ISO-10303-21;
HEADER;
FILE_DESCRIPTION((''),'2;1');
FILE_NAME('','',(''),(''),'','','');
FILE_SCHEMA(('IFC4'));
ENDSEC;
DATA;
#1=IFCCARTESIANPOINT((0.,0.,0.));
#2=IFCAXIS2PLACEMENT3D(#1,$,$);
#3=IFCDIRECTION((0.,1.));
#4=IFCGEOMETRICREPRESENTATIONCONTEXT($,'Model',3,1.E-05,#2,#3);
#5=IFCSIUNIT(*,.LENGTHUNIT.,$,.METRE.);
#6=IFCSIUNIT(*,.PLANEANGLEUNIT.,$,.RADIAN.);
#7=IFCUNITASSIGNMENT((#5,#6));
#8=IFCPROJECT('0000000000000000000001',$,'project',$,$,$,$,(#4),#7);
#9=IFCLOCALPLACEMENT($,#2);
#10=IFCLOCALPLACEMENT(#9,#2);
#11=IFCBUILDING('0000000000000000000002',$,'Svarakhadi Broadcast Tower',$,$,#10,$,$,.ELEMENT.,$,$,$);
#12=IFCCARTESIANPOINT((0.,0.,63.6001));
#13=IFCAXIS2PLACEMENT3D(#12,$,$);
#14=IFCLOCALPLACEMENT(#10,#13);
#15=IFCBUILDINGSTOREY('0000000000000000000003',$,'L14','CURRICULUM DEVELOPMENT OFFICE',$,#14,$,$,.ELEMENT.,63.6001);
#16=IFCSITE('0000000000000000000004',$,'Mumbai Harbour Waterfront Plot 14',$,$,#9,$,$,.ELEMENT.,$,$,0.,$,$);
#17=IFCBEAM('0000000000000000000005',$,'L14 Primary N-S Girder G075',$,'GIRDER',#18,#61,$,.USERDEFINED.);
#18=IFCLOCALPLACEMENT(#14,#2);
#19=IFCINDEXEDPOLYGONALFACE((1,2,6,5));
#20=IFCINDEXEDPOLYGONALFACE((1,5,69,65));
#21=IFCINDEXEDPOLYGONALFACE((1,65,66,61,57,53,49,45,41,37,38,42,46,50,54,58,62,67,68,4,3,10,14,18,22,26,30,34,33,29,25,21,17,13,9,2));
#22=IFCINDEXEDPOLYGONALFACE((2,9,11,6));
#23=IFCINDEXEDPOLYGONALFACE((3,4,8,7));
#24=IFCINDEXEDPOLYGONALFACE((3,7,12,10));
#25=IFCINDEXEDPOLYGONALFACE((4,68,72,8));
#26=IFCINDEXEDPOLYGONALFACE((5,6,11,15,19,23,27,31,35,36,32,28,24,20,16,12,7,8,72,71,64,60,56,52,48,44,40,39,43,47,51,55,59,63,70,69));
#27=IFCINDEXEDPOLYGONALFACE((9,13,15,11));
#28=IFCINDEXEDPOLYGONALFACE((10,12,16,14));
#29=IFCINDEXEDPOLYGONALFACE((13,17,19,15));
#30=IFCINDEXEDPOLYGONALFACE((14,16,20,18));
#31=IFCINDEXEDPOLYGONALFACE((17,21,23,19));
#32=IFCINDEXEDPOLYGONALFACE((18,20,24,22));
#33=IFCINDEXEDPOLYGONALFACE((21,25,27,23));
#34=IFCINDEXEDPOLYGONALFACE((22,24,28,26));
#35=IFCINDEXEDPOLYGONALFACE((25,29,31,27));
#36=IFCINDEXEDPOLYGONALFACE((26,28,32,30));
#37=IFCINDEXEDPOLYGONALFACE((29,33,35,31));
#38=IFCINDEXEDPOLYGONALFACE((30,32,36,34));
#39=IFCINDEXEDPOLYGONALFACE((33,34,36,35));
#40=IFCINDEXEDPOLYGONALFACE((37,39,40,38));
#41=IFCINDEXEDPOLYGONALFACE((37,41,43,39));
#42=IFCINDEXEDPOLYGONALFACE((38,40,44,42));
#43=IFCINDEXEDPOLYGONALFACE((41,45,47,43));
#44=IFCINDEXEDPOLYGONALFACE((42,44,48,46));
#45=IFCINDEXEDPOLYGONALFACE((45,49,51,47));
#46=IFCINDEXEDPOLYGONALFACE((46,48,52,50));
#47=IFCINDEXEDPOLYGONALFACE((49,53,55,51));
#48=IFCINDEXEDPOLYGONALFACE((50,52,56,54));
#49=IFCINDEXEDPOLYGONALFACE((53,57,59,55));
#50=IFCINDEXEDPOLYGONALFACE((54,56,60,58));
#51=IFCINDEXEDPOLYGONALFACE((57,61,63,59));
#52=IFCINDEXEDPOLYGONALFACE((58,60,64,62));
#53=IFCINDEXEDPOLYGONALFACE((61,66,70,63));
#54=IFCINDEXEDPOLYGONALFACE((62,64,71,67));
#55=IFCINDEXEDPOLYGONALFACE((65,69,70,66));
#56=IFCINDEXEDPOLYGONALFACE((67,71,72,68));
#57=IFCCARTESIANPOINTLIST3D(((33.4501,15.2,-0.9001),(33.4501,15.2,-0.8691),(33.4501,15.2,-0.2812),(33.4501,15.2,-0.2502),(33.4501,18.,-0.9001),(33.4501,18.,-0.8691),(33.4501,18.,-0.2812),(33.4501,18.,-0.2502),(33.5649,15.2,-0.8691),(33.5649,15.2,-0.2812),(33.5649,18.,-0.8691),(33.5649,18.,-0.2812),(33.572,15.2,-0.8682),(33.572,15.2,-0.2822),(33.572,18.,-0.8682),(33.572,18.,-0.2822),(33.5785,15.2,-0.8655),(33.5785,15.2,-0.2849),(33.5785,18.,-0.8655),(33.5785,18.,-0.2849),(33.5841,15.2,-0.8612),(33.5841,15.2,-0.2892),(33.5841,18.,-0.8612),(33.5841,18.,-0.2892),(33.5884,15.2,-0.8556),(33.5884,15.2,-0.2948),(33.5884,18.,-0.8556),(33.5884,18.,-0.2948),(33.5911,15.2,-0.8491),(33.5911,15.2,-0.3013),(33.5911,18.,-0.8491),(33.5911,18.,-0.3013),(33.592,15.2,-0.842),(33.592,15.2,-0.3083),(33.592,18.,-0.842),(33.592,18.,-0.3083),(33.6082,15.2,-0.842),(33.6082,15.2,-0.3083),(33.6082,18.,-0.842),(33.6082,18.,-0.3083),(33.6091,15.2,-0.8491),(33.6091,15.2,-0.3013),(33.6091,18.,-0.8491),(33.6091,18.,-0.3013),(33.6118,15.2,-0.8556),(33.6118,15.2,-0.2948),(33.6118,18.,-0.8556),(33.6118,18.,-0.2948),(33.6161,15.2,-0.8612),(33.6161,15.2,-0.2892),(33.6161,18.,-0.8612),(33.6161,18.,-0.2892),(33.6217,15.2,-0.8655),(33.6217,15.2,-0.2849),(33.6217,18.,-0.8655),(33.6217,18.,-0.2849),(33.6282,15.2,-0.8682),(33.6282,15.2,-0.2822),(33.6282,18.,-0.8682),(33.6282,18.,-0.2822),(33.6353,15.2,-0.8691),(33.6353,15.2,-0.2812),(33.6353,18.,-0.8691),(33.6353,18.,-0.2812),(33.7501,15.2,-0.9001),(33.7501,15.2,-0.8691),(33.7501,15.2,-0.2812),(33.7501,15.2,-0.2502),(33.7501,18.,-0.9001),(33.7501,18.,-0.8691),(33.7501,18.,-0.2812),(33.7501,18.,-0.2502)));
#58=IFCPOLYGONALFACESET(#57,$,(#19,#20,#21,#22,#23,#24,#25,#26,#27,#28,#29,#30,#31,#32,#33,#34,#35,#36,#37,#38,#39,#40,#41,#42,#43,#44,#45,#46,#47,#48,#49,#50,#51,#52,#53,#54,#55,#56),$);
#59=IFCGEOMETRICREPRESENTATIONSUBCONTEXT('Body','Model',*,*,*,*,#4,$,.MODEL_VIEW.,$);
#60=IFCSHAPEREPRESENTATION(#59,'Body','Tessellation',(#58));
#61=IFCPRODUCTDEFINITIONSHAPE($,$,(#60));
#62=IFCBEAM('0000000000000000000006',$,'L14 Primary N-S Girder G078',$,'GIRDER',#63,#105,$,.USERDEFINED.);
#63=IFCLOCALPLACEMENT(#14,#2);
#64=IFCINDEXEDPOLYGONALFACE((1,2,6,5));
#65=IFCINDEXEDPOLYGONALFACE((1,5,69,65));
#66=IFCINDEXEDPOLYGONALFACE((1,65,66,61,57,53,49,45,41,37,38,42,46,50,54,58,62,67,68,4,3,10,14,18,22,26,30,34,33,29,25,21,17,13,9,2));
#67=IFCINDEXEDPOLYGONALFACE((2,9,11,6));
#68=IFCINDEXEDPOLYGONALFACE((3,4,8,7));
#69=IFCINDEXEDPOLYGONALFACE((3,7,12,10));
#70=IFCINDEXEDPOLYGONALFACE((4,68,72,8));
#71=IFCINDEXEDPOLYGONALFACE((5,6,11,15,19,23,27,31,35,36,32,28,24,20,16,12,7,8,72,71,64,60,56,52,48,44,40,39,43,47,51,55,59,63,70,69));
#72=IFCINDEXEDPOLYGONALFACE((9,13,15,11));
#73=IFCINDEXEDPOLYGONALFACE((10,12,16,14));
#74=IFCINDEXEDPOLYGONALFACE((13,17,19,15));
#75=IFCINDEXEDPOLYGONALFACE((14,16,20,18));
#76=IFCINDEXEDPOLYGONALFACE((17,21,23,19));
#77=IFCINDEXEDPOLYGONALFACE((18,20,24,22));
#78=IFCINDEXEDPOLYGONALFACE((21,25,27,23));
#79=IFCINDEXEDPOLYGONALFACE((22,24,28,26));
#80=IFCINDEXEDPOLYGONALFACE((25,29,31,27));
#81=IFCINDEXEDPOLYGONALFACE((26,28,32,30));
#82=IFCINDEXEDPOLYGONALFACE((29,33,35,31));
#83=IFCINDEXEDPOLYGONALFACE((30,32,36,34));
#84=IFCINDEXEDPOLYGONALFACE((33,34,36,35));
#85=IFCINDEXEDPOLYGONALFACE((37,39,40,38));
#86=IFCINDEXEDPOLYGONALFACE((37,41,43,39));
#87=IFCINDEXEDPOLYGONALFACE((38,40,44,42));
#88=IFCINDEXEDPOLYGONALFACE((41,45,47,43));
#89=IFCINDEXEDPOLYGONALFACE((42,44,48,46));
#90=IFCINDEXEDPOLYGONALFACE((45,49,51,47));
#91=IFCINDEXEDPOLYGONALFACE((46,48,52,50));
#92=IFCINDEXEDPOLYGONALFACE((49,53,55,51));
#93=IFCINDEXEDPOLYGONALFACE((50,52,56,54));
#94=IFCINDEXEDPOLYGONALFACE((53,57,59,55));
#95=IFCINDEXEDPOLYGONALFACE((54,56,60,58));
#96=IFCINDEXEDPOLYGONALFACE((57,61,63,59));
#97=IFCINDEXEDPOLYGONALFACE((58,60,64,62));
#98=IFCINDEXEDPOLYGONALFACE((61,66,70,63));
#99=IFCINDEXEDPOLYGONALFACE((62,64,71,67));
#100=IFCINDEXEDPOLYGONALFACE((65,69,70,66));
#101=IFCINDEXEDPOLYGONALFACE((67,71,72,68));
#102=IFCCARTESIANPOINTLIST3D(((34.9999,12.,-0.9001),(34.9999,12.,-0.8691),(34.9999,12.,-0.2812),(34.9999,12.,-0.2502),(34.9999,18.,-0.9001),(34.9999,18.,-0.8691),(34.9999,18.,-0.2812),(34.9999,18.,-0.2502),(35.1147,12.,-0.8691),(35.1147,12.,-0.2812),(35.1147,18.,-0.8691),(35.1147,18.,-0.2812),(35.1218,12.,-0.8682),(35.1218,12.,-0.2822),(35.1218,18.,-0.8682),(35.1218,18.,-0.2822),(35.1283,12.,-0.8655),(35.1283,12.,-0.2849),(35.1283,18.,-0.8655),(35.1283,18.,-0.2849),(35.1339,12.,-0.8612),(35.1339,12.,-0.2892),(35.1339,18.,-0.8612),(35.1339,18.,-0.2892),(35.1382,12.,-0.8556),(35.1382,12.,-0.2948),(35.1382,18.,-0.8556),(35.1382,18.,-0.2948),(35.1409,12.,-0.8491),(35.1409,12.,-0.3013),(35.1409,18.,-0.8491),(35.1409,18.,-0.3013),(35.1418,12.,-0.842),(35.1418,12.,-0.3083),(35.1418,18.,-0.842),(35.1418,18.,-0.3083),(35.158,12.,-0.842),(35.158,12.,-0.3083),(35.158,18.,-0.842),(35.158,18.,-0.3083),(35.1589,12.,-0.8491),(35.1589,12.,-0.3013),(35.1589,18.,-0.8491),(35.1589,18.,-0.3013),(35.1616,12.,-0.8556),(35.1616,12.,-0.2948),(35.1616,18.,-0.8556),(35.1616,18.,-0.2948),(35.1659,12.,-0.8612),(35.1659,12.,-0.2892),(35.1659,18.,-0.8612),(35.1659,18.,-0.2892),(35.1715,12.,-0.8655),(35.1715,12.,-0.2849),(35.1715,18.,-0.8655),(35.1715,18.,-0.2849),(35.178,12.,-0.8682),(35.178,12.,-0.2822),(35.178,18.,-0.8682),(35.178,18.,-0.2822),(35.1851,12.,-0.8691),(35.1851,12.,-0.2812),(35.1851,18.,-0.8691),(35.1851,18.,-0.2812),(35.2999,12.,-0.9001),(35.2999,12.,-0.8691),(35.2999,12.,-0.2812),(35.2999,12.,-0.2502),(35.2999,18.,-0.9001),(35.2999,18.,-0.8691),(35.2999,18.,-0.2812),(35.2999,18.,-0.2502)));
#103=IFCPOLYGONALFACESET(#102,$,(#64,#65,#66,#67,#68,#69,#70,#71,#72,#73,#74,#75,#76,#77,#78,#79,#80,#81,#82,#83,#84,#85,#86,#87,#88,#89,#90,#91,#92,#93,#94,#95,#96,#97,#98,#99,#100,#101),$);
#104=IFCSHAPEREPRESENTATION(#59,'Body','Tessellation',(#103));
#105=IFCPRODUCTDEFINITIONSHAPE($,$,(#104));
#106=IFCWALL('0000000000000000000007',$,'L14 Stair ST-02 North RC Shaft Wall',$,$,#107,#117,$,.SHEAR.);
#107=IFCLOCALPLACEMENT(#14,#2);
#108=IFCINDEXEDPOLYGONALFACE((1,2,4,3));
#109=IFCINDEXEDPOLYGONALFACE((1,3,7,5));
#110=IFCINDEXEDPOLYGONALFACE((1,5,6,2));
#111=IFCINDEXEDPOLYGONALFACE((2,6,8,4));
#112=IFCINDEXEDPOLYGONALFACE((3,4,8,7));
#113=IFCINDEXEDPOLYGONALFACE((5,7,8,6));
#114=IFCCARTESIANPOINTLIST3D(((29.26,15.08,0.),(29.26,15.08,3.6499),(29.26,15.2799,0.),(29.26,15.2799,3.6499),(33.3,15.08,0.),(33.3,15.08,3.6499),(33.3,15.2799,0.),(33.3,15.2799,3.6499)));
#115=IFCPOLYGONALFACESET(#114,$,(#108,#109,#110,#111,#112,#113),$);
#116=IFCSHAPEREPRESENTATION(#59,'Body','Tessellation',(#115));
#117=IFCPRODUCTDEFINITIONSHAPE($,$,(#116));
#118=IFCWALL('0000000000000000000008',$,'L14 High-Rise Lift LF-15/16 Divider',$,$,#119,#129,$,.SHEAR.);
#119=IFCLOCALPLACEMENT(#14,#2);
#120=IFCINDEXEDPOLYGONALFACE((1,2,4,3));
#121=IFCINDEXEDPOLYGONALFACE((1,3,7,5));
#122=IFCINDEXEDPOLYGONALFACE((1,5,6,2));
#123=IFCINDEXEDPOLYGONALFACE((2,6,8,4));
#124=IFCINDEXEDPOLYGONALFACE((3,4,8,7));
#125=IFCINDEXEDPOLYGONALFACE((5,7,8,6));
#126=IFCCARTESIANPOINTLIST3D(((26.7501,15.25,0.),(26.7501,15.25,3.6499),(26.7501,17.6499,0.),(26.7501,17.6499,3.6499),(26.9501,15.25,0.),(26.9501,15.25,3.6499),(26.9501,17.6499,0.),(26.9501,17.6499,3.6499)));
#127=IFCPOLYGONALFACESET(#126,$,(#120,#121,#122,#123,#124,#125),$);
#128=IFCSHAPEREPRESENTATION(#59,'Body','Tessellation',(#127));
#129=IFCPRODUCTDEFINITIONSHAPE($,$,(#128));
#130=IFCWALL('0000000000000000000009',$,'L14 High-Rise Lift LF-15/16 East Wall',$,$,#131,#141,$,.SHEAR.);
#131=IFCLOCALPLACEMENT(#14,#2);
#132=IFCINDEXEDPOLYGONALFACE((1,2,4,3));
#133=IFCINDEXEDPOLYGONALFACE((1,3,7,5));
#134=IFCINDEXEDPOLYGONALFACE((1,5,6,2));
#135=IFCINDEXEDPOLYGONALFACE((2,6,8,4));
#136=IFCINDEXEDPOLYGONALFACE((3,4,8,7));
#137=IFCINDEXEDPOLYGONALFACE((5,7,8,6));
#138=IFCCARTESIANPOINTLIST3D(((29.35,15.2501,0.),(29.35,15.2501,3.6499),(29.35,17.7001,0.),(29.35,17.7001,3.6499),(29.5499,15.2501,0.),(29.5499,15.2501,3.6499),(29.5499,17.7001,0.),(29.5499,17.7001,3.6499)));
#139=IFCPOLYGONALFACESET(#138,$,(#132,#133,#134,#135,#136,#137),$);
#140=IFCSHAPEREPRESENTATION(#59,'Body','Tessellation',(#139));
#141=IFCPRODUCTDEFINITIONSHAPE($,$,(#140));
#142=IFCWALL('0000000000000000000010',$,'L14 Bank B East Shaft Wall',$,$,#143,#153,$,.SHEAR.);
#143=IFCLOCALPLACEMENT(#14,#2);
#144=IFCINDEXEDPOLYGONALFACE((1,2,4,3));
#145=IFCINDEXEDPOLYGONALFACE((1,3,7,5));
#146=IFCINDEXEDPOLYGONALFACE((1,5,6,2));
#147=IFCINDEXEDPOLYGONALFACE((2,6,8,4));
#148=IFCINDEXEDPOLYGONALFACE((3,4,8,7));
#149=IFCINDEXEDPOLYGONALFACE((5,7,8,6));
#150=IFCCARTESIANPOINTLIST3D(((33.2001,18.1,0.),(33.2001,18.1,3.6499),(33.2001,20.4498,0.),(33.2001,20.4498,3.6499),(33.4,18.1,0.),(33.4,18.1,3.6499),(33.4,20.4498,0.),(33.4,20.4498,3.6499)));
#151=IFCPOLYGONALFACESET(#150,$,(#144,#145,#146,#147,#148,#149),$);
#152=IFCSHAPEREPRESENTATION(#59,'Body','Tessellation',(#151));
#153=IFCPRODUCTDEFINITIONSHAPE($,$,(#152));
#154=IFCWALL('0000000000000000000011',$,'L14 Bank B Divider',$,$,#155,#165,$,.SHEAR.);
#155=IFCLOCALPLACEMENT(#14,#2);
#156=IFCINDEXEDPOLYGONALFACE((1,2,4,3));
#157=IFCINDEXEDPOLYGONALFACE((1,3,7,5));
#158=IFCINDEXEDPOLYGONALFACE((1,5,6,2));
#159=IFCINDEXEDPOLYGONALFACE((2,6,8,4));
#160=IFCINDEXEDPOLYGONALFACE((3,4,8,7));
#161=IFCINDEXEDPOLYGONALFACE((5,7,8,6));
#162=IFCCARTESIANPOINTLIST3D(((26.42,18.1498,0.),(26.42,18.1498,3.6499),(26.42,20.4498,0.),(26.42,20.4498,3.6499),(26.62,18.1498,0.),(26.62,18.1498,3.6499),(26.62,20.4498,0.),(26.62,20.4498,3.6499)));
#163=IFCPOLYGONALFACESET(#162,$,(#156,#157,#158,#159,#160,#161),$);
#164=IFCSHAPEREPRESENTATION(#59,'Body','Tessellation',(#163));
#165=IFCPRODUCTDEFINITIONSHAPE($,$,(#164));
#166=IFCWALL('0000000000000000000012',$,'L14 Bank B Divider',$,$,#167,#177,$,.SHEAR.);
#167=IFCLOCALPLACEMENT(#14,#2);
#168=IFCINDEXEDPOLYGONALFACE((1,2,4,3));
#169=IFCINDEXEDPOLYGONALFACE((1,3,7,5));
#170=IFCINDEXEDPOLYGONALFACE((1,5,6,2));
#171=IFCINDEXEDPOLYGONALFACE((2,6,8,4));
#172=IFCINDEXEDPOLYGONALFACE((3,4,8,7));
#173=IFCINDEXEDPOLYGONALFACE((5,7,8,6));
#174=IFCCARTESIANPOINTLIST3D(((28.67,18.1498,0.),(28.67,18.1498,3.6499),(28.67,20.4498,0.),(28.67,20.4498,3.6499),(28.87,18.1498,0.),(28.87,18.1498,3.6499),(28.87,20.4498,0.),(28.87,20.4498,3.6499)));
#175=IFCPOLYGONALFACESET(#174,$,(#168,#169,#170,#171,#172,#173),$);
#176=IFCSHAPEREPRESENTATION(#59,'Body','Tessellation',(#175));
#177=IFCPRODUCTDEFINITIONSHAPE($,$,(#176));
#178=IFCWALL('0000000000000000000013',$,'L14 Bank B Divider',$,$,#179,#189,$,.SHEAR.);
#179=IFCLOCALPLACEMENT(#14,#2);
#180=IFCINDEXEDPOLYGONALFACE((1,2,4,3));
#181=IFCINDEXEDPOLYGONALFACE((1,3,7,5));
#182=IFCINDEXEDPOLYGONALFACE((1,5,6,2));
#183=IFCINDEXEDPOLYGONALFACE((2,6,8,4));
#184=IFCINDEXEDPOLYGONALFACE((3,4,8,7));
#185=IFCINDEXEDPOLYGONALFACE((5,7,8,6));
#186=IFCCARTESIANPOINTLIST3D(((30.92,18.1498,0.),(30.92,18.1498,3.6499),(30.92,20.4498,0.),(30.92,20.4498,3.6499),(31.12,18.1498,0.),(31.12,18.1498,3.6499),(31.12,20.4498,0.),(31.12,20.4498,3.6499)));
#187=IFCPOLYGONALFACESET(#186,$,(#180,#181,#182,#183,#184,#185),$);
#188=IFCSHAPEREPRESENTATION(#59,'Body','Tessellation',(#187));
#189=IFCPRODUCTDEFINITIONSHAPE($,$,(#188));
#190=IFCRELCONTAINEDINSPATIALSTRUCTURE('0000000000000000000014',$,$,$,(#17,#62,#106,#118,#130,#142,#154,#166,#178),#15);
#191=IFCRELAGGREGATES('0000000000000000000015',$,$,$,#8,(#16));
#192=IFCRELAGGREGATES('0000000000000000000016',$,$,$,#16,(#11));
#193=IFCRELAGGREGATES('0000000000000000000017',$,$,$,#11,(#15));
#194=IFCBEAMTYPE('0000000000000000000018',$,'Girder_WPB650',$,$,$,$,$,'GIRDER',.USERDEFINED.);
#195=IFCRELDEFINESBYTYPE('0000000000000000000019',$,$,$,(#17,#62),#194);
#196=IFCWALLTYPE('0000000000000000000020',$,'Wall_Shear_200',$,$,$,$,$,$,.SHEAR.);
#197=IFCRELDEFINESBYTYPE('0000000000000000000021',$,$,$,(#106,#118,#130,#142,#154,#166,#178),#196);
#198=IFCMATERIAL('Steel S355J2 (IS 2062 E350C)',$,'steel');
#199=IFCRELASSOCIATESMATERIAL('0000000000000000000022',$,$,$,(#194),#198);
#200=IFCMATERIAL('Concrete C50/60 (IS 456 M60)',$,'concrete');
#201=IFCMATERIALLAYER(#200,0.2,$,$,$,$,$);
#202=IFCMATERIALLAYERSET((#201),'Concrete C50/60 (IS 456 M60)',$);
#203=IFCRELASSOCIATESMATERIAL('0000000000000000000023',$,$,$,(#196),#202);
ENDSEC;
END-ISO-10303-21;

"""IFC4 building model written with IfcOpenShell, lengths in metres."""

from ifc_helpers import new_model, si_unit, direction, frame, frame_2d, origin, origin_2d, place, context, subcontext, project, spatial, rectangle, i_section, extrude, material, layer, layer_set, material_profile, profile_set, type_object, element, save


model = new_model("IFC4")

# Units and contexts
model_context = context("Model", 3, precision=1e-05, world=origin(), true_north=direction((0.0, 1.0)))
body_context = subcontext(model_context, "Body", "Model", "MODEL_VIEW")
ifc_project = project(units=[si_unit("LENGTHUNIT", "METRE"), si_unit("PLANEANGLEUNIT", "RADIAN")], contexts=[model_context])

# Site, building, storey
site_placement = place(None, origin())
site = spatial("IfcSite", under=ifc_project, at=site_placement, Name="Mumbai Harbour Waterfront Plot 14", CompositionType="ELEMENT", RefElevation=0.0)
building_placement = place(site_placement, origin())
building = spatial("IfcBuilding", under=site, at=building_placement, Name="Svarakhadi Broadcast Tower", CompositionType="ELEMENT")
storey_placement = place(building_placement, frame((0.0, 0.0, 63.6001)))
storey = spatial("IfcBuildingStorey", under=building, at=storey_placement, Name="L14", Description="CURRICULUM DEVELOPMENT OFFICE", CompositionType="ELEMENT", Elevation=63.6001)

# Beams
ifc_material_1 = material(Name="Steel S355J2 (IS 2062 E350C)", Category="steel")
ifc_material_profile_1 = material_profile(ifc_material_1, i_section(OverallWidth=0.3, OverallDepth=0.6499, WebThickness=0.0161, FlangeThickness=0.031, FilletRadius=0.0271, at=origin_2d()), Name="WPB 650x300x225")
ifc_profile_set_1 = profile_set([ifc_material_profile_1], Name="Steel S355J2 (IS 2062 E350C)")
beam_type = type_object("IfcBeamType", Name="Girder_WPB650", ElementType="GIRDER", PredefinedType="USERDEFINED", material=ifc_profile_set_1)
beam_1_placement = place(storey_placement, frame((33.6001, 15.2, -0.5752), z_axis=(0.0, 1.0, 0.0), x_axis=(-1.0, 0.0, 0.0)))
element("IfcBeam", 1, at=beam_1_placement, inside=storey, type_object=beam_type, Name="L14 Primary N-S Girder G075", ObjectType="GIRDER", PredefinedType="USERDEFINED", context=body_context, shape_type="SweptSolid", body=[
    extrude(i_section(OverallWidth=0.3, OverallDepth=0.6499, WebThickness=0.0161, FlangeThickness=0.031, FilletRadius=0.0271, at=origin_2d()), origin(), (0.0, 0.0, 1.0), 2.8),
])
beam_2_placement = place(storey_placement, frame((35.1499, 12.0, -0.5752), z_axis=(0.0, 1.0, 0.0), x_axis=(-1.0, 0.0, 0.0)))
element("IfcBeam", 2, at=beam_2_placement, inside=storey, type_object=beam_type, Name="L14 Primary N-S Girder G078", ObjectType="GIRDER", PredefinedType="USERDEFINED", context=body_context, shape_type="SweptSolid", body=[
    extrude(i_section(OverallWidth=0.3, OverallDepth=0.6499, WebThickness=0.0161, FlangeThickness=0.031, FilletRadius=0.0271, at=origin_2d()), origin(), (0.0, 0.0, 1.0), 6.0),
])

# Walls
ifc_material_2 = material(Name="Concrete C50/60 (IS 456 M60)", Category="concrete")
ifc_layer = layer(ifc_material_2, 0.2)
ifc_layer_set = layer_set([ifc_layer], Name="Concrete C50/60 (IS 456 M60)")
wall_type = type_object("IfcWallType", Name="Wall_Shear_200", PredefinedType="SHEAR", material=ifc_layer_set)
wall_1_placement = place(storey_placement, frame((29.26, 15.1799, 0.0), z_axis=(0.0, 0.0, 1.0), x_axis=(1.0, 0.0, 0.0)))
element("IfcWall", 3, at=wall_1_placement, inside=storey, type_object=wall_type, Name="L14 Stair ST-02 North RC Shaft Wall", PredefinedType="SHEAR", context=body_context, shape_type="SweptSolid", body=[
    extrude(rectangle(XDim=4.04, YDim=0.2, at=frame_2d((2.02, 0.0))), origin(), (0.0, 0.0, 1.0), 3.6499),
])
wall_2_placement = place(storey_placement, frame((26.8501, 15.25, 0.0), z_axis=(0.0, 0.0, 1.0), x_axis=(0.0, 1.0, 0.0)))
element("IfcWall", 4, at=wall_2_placement, inside=storey, type_object=wall_type, Name="L14 High-Rise Lift LF-15/16 Divider", PredefinedType="SHEAR", context=body_context, shape_type="SweptSolid", body=[
    extrude(rectangle(XDim=2.3999, YDim=0.2, at=frame_2d((1.2, 0.0))), origin(), (0.0, 0.0, 1.0), 3.6499),
])
wall_3_placement = place(storey_placement, frame((29.45, 15.25, 0.0), z_axis=(0.0, 0.0, 1.0), x_axis=(0.0, 1.0, 0.0)))
element("IfcWall", 5, at=wall_3_placement, inside=storey, type_object=wall_type, Name="L14 High-Rise Lift LF-15/16 East Wall", PredefinedType="SHEAR", context=body_context, shape_type="SweptSolid", body=[
    extrude(rectangle(XDim=2.45, YDim=0.2, at=frame_2d((1.2251, 0.0))), origin(), (0.0, 0.0, 1.0), 3.6499),
])
wall_4_placement = place(storey_placement, frame((33.3, 18.1001, 0.0), z_axis=(0.0, 0.0, 1.0), x_axis=(0.0, 1.0, 0.0)))
element("IfcWall", 6, at=wall_4_placement, inside=storey, type_object=wall_type, Name="L14 Bank B East Shaft Wall", PredefinedType="SHEAR", context=body_context, shape_type="SweptSolid", body=[
    extrude(rectangle(XDim=2.3499, YDim=0.2, at=frame_2d((1.1748, 0.0))), origin(), (0.0, 0.0, 1.0), 3.6499),
])
for number, where, z_axis, x_axis, name in (
    (7, (26.52, 18.1499, 0.0), (0.0, 0.0, 1.0), (0.0, 1.0, 0.0), "L14 Bank B Divider"),
    (8, (28.77, 18.1499, 0.0), (0.0, 0.0, 1.0), (0.0, 1.0, 0.0), "L14 Bank B Divider"),
    (9, (31.02, 18.1499, 0.0), (0.0, 0.0, 1.0), (0.0, 1.0, 0.0), "L14 Bank B Divider"),
):
    element("IfcWall", number, at=place(storey_placement, frame(where, z_axis=z_axis, x_axis=x_axis)), inside=storey, type_object=wall_type, Name=name, PredefinedType="SHEAR", context=body_context, shape_type="SweptSolid", body=[
        extrude(rectangle(XDim=2.3, YDim=0.2, at=frame_2d((1.1499, 0.0))), origin(), (0.0, 0.0, 1.0), 3.6499),
    ])

save(model, "model.ifc")
